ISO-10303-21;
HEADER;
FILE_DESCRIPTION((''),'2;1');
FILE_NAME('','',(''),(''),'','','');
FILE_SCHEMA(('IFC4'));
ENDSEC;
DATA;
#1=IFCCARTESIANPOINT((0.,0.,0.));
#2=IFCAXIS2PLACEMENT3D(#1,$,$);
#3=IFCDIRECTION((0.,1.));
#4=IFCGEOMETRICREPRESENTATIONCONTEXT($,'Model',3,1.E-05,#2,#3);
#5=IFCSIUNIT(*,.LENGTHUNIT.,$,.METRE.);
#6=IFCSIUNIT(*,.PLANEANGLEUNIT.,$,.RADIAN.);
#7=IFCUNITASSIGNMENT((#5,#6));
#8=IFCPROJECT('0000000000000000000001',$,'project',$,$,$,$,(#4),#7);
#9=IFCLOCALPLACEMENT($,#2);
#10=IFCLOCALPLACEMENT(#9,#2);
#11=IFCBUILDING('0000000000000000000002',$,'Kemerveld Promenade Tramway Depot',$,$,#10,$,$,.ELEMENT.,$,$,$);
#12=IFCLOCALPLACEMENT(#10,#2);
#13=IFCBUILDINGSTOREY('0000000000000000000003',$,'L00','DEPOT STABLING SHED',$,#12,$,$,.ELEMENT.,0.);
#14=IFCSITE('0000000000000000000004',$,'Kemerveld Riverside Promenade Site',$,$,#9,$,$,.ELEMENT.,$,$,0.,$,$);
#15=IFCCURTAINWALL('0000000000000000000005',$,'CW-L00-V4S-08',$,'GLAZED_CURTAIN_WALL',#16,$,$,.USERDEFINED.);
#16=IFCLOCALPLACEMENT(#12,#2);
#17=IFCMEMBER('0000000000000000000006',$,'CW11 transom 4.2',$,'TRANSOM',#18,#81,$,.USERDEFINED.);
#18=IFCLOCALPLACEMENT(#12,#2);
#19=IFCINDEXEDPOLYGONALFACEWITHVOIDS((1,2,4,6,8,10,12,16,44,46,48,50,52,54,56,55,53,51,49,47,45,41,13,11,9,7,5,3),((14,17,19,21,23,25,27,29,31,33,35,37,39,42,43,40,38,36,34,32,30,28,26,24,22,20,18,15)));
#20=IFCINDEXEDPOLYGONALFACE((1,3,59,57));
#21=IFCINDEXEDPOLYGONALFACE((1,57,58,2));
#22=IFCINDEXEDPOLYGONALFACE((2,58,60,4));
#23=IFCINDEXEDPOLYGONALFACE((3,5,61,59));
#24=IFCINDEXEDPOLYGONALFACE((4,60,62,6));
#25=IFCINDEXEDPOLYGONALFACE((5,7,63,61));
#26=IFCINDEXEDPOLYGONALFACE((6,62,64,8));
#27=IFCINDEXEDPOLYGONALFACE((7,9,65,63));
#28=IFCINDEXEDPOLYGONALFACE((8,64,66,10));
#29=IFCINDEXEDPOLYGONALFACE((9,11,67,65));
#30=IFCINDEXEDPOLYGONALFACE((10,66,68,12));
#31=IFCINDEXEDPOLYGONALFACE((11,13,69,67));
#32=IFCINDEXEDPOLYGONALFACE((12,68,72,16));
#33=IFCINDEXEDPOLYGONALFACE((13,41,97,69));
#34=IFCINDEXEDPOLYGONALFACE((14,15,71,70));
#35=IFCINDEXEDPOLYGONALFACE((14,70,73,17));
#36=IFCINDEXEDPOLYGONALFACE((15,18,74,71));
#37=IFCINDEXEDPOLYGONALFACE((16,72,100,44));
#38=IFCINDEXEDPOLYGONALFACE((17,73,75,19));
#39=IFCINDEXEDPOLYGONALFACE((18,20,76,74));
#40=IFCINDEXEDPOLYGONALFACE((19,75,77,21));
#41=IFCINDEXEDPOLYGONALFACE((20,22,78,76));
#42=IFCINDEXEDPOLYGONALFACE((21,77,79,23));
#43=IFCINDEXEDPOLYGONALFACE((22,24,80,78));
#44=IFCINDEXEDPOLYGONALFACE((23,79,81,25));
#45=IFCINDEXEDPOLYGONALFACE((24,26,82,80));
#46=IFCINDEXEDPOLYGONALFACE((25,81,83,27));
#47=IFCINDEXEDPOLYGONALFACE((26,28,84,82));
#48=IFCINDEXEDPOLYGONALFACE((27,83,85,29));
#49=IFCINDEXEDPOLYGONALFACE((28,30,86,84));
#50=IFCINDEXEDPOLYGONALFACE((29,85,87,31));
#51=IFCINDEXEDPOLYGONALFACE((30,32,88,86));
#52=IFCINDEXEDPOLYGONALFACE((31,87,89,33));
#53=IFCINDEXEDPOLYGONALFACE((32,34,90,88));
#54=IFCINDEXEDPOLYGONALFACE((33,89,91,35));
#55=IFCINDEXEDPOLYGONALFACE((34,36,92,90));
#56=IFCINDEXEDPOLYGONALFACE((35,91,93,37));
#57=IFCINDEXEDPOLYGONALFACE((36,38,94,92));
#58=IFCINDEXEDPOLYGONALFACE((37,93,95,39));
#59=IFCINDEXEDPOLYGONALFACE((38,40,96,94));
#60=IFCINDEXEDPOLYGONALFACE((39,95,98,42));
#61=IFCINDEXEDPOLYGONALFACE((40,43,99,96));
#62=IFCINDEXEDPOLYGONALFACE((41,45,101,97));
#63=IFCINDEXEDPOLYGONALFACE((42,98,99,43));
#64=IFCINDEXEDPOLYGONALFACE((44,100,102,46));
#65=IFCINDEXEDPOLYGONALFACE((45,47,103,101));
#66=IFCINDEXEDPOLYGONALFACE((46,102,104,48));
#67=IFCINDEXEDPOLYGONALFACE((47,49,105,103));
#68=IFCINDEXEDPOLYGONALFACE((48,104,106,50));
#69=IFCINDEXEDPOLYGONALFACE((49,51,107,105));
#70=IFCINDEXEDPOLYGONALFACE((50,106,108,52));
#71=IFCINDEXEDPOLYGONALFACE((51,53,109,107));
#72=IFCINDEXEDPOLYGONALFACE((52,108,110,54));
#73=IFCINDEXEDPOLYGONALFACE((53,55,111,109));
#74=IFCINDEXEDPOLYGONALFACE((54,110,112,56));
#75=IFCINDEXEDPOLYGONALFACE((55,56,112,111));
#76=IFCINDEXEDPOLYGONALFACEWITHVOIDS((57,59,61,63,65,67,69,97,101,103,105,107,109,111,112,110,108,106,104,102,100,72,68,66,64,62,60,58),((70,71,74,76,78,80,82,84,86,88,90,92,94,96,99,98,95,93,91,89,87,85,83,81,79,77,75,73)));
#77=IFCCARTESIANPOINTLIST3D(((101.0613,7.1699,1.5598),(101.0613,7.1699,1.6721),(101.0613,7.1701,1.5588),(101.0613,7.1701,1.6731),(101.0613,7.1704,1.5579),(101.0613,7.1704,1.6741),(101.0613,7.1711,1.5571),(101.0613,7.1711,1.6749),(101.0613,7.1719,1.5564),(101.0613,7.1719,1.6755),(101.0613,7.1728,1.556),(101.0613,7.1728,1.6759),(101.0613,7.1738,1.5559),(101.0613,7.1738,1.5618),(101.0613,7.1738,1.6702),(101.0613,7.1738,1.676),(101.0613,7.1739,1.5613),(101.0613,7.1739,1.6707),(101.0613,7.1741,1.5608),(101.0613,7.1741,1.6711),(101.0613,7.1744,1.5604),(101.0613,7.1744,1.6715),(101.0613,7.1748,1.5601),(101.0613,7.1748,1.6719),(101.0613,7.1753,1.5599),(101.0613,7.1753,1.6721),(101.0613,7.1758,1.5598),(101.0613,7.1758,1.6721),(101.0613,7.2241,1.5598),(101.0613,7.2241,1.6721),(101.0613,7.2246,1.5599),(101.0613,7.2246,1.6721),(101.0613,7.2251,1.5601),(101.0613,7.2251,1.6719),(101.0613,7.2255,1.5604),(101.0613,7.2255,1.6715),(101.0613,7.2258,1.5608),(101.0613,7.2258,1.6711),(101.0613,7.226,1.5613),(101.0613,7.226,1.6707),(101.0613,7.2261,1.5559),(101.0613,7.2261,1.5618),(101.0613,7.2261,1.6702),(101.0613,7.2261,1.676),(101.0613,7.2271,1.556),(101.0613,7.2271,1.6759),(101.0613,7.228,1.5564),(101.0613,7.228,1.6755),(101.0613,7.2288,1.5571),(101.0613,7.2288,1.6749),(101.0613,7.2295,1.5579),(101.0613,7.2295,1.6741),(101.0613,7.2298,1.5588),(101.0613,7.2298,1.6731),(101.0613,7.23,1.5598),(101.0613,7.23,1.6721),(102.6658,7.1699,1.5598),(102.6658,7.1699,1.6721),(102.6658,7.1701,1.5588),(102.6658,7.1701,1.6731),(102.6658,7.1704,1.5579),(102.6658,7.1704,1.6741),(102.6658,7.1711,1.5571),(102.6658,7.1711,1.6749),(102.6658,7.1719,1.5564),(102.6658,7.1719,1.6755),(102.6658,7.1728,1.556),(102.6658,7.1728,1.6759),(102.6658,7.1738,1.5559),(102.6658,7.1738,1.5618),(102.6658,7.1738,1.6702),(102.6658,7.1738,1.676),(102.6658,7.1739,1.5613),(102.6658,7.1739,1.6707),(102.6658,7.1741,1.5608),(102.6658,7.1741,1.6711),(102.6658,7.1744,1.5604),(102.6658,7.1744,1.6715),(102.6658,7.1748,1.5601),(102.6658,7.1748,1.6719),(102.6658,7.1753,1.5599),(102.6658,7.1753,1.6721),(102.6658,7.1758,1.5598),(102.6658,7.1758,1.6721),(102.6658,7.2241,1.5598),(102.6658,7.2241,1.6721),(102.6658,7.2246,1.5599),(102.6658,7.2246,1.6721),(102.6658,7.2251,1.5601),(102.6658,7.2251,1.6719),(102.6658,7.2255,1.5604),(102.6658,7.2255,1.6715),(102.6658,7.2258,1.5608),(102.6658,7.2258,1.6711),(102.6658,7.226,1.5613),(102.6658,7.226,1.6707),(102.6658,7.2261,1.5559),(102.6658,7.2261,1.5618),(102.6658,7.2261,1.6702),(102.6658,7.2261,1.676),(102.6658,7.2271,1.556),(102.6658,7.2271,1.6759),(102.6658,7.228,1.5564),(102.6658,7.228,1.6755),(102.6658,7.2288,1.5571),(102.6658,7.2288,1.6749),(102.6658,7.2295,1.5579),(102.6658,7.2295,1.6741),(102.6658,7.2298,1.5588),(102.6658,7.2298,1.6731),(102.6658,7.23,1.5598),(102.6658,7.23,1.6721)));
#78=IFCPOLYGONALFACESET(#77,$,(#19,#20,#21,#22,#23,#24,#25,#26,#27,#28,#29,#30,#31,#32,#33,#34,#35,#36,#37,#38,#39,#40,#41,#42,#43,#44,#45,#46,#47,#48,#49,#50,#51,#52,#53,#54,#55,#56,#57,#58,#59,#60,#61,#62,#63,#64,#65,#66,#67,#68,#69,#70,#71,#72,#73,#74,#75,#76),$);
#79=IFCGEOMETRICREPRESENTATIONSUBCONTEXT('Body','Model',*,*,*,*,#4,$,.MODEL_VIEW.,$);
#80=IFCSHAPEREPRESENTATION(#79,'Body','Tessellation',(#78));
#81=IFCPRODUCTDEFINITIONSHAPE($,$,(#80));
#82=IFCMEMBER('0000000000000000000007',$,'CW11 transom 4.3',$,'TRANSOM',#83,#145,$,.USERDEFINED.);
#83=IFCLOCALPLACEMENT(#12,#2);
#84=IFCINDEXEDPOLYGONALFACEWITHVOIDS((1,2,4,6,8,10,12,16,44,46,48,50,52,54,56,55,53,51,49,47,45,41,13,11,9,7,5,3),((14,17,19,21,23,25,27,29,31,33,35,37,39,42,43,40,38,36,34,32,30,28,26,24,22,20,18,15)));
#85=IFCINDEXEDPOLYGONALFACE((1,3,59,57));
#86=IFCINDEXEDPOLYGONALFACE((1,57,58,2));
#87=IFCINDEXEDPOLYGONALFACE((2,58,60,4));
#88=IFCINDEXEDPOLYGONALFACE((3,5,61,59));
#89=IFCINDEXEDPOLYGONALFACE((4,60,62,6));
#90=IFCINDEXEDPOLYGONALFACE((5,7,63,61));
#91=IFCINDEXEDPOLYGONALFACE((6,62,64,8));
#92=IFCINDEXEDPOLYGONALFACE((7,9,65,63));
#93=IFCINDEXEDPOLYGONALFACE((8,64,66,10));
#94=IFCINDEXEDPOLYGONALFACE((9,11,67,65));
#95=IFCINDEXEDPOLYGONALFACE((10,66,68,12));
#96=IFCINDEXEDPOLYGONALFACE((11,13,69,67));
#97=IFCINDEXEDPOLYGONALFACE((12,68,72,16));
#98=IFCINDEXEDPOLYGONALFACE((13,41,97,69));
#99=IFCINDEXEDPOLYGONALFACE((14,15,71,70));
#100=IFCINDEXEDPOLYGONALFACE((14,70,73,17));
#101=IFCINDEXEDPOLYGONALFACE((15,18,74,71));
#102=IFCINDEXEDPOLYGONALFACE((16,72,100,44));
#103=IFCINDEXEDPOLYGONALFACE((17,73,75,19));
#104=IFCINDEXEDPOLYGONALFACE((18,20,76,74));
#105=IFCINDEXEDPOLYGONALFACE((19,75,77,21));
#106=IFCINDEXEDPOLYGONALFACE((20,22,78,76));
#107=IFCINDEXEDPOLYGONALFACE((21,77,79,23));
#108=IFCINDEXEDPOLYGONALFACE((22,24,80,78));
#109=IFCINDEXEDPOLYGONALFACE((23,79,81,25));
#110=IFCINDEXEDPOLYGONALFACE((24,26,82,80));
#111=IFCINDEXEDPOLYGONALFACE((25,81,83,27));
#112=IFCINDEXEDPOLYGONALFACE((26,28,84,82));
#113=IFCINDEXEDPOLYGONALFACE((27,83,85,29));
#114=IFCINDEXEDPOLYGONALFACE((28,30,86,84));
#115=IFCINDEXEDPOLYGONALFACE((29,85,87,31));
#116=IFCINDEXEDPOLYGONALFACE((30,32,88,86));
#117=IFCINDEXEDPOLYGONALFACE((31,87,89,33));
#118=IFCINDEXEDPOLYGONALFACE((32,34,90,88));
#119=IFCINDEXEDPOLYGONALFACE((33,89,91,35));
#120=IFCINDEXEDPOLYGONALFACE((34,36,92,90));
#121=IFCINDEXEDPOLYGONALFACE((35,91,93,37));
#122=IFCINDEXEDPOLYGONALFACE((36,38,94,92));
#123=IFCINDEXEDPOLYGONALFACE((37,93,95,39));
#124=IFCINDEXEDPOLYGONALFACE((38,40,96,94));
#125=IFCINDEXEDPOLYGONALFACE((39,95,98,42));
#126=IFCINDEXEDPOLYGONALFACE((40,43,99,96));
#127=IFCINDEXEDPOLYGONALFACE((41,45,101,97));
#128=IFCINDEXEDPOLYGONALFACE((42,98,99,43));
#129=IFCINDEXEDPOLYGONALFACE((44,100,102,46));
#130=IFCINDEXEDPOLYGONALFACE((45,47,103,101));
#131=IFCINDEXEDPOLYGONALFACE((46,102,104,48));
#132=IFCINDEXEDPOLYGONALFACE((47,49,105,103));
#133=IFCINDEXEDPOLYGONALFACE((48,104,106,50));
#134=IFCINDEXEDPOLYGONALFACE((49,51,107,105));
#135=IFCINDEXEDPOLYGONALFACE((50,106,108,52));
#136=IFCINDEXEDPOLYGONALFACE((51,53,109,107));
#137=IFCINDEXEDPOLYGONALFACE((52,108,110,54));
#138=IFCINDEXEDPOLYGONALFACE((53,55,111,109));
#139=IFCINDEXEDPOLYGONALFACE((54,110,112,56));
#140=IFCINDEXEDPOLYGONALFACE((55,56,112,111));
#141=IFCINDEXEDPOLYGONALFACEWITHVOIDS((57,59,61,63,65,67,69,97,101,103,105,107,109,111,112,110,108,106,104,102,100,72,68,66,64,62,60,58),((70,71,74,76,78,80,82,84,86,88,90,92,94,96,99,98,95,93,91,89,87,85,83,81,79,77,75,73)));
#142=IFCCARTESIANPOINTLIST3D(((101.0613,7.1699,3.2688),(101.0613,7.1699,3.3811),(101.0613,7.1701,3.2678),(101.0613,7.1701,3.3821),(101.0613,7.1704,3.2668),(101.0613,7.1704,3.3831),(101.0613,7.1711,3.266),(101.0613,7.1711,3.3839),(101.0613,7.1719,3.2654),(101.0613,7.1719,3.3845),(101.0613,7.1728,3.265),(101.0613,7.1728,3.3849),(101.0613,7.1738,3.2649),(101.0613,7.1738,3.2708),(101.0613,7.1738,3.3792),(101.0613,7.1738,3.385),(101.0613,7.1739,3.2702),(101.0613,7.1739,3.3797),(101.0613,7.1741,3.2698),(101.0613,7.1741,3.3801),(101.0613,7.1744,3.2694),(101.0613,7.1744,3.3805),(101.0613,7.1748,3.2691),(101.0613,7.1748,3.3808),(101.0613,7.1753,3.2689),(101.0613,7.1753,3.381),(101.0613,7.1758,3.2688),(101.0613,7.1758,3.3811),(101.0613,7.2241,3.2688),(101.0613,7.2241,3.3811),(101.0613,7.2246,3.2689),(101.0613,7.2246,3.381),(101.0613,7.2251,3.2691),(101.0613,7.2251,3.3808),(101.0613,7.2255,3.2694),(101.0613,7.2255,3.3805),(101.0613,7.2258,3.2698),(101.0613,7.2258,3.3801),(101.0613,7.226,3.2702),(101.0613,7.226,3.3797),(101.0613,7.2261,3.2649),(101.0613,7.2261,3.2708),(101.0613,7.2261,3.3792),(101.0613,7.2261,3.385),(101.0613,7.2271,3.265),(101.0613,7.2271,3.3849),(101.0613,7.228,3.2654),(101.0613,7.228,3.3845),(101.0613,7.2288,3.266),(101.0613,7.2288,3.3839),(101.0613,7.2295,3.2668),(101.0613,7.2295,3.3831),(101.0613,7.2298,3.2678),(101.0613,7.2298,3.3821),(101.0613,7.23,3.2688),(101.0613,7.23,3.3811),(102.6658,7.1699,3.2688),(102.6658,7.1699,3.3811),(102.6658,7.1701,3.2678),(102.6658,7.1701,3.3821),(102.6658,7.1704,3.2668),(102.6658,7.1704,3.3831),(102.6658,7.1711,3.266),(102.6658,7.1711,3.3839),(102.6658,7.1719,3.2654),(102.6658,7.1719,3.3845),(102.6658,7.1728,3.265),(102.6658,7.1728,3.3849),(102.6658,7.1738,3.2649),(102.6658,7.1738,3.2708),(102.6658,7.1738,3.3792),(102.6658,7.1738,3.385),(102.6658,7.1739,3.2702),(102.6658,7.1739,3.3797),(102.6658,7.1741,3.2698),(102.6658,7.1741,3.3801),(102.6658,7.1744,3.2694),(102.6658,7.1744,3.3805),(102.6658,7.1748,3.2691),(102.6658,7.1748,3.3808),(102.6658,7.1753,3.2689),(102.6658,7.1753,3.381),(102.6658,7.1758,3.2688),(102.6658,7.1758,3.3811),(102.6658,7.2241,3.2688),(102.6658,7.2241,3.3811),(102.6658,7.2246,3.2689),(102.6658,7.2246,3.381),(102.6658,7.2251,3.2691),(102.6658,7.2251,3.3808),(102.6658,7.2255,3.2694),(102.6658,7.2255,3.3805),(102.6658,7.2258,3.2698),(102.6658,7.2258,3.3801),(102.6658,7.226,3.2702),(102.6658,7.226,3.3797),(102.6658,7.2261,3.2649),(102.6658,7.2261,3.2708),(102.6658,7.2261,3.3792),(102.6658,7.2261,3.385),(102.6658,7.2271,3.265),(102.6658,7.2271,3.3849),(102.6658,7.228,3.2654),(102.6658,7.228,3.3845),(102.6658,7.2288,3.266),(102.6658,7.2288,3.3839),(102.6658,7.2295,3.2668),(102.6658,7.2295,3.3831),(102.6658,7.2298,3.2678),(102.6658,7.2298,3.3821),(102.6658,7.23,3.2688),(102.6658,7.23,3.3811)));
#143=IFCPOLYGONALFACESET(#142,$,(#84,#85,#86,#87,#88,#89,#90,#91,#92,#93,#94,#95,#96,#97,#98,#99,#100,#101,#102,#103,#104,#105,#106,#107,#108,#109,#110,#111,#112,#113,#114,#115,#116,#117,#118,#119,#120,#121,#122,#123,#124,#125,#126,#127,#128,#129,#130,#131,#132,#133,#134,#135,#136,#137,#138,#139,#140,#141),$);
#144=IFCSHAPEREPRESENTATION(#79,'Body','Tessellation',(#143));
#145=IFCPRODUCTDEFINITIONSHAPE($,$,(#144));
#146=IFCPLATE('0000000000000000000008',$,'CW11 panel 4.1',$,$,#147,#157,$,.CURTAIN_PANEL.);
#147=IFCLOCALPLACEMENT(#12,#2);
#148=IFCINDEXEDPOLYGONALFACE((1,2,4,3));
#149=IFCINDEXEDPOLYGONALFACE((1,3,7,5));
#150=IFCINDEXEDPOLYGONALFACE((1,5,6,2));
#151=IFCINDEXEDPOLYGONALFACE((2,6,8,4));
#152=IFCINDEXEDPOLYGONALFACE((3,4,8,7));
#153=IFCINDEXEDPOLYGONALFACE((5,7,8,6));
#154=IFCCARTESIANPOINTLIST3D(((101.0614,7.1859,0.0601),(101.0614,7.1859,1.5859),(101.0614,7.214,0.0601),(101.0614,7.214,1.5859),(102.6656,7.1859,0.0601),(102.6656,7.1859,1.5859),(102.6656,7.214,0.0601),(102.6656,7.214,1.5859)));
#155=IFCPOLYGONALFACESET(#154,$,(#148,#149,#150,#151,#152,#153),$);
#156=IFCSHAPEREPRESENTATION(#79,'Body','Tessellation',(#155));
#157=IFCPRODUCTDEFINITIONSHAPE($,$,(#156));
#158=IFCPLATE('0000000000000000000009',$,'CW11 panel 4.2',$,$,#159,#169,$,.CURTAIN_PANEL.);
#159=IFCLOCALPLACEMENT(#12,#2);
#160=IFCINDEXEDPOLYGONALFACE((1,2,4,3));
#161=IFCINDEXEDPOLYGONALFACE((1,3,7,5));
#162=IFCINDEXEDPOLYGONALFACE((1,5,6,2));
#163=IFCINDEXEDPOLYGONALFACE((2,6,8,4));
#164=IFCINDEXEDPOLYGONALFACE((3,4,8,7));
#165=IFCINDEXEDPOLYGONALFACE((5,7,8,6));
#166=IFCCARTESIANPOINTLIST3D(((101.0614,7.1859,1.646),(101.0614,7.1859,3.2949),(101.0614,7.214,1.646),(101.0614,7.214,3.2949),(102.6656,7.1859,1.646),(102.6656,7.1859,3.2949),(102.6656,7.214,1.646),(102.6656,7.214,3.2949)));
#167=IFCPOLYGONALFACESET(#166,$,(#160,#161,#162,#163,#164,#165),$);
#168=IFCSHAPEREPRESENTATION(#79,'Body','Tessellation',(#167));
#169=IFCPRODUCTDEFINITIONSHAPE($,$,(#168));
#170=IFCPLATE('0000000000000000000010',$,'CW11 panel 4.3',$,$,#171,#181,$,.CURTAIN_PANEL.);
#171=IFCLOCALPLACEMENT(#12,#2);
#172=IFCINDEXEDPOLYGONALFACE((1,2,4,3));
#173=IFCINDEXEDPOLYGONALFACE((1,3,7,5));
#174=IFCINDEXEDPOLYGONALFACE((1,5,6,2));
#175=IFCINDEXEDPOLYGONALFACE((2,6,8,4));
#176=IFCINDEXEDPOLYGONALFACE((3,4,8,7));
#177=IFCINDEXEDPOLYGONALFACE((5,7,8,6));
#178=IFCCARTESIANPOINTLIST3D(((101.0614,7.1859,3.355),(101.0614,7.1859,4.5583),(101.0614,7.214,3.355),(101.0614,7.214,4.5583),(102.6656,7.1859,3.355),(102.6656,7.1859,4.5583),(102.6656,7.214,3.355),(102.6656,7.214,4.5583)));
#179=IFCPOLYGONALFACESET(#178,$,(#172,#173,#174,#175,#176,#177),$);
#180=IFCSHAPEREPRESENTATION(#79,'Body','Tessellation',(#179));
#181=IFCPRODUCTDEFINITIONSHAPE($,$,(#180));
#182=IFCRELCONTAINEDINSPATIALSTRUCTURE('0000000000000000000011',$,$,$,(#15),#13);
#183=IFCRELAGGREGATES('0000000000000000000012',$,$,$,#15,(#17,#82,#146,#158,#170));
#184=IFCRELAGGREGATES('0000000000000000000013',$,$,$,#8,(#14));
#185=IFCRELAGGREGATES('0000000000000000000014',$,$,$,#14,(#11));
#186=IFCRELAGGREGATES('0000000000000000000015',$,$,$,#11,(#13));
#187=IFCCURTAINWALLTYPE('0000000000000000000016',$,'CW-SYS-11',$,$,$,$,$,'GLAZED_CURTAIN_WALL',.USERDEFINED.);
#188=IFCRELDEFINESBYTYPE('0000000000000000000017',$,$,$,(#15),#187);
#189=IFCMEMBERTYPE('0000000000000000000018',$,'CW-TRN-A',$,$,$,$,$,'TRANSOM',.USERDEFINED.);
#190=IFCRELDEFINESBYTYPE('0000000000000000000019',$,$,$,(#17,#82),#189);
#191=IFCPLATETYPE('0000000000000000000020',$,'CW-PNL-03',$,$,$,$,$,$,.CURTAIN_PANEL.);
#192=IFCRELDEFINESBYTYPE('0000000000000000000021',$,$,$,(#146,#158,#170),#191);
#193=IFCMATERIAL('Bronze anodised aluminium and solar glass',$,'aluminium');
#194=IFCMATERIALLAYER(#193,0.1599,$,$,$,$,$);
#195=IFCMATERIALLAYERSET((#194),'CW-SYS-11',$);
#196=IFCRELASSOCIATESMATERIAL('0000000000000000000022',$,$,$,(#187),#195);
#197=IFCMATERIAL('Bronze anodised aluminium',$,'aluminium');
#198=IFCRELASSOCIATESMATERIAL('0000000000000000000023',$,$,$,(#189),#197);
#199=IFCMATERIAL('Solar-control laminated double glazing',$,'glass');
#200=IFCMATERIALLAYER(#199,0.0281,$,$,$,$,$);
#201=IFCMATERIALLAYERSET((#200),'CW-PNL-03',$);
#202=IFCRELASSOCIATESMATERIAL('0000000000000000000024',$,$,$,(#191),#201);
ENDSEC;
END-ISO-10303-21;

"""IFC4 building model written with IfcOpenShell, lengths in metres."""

from ifc_helpers import new_model, si_unit, direction, frame, origin, origin_2d, place, context, subcontext, project, spatial, rectangle, hollow_rectangle, extrude, material, layer, layer_set, material_profile, profile_set, type_object, element, aggregate, save


model = new_model("IFC4")

# Units and contexts
model_context = context("Model", 3, precision=1e-05, world=origin(), true_north=direction((0.0, 1.0)))
body_context = subcontext(model_context, "Body", "Model", "MODEL_VIEW")
ifc_project = project(units=[si_unit("LENGTHUNIT", "METRE"), si_unit("PLANEANGLEUNIT", "RADIAN")], contexts=[model_context])

# Site, building, storey
site_placement = place(None, origin())
site = spatial("IfcSite", under=ifc_project, at=site_placement, Name="Kemerveld Riverside Promenade Site", CompositionType="ELEMENT", RefElevation=0.0)
building_placement = place(site_placement, origin())
building = spatial("IfcBuilding", under=site, at=building_placement, Name="Kemerveld Promenade Tramway Depot", CompositionType="ELEMENT")
storey_placement = place(building_placement, origin())
storey = spatial("IfcBuildingStorey", under=building, at=storey_placement, Name="L00", Description="DEPOT STABLING SHED", CompositionType="ELEMENT", Elevation=0.0)

# Curtain wall, members, plates
ifc_material_1 = material(Name="Bronze anodised aluminium and solar glass", Category="aluminium")
ifc_layer_1 = layer(ifc_material_1, 0.1599)
ifc_layer_set_1 = layer_set([ifc_layer_1], Name="CW-SYS-11")
curtain_wall_type = type_object("IfcCurtainWallType", Name="CW-SYS-11", ElementType="GLAZED_CURTAIN_WALL", PredefinedType="USERDEFINED", material=ifc_layer_set_1)
curtain_wall_placement = place(storey_placement, origin())
curtain_wall = element("IfcCurtainWall", 1, at=curtain_wall_placement, inside=storey, type_object=curtain_wall_type, Name="CW-L00-V4S-08", ObjectType="GLAZED_CURTAIN_WALL", PredefinedType="USERDEFINED")
ifc_material_2 = material(Name="Bronze anodised aluminium", Category="aluminium")
ifc_material_profile_1 = material_profile(ifc_material_2, hollow_rectangle(XDim=0.0601, YDim=0.1201, WallThickness=0.0039, InnerFilletRadius=0.002, OuterFilletRadius=0.0039, at=origin_2d()), Name="CW-TRN-120x60")
ifc_profile_set_1 = profile_set([ifc_material_profile_1], Name="Bronze anodised aluminium")
member_type_1 = type_object("IfcMemberType", Name="CW-TRN-A", ElementType="TRANSOM", PredefinedType="USERDEFINED", material=ifc_profile_set_1)
member_1_placement = place(storey_placement, frame((102.6658, 7.2, 1.616), z_axis=(-1.0, 0.0, 0.0), x_axis=(0.0, -1.0, 0.0)))
member_1 = element("IfcMember", 2, at=member_1_placement, type_object=member_type_1, Name="CW11 transom 4.2", ObjectType="TRANSOM", PredefinedType="USERDEFINED", context=body_context, shape_type="SweptSolid", body=[
    extrude(hollow_rectangle(XDim=0.0601, YDim=0.1201, WallThickness=0.0039, InnerFilletRadius=0.002, OuterFilletRadius=0.0039, at=origin_2d()), origin(), (0.0, 0.0, 1.0), 1.6045),
])
member_2_placement = place(storey_placement, frame((102.6658, 7.2, 3.325), z_axis=(-1.0, 0.0, 0.0), x_axis=(0.0, -1.0, 0.0)))
member_2 = element("IfcMember", 3, at=member_2_placement, type_object=member_type_1, Name="CW11 transom 4.3", ObjectType="TRANSOM", PredefinedType="USERDEFINED", context=body_context, shape_type="SweptSolid", body=[
    extrude(hollow_rectangle(XDim=0.0601, YDim=0.1201, WallThickness=0.0039, InnerFilletRadius=0.002, OuterFilletRadius=0.0039, at=origin_2d()), origin(), (0.0, 0.0, 1.0), 1.6045),
])
ifc_material_3 = material(Name="Solar-control laminated double glazing", Category="glass")
ifc_layer_2 = layer(ifc_material_3, 0.0281)
ifc_layer_set_2 = layer_set([ifc_layer_2], Name="CW-PNL-03")
plate_type = type_object("IfcPlateType", Name="CW-PNL-03", PredefinedType="CURTAIN_PANEL", material=ifc_layer_set_2)
plate_1_placement = place(storey_placement, frame((101.8635, 7.2, 0.0601), z_axis=(0.0, 0.0, 1.0), x_axis=(-1.0, 0.0, 0.0)))
plate_1 = element("IfcPlate", 4, at=plate_1_placement, type_object=plate_type, Name="CW11 panel 4.1", PredefinedType="CURTAIN_PANEL", context=body_context, shape_type="SweptSolid", body=[
    extrude(rectangle(XDim=1.6042, YDim=0.0281, at=origin_2d()), origin(), (0.0, 0.0, 1.0), 1.5259),
])
plate_2_placement = place(storey_placement, frame((101.8635, 7.2, 1.646), z_axis=(0.0, 0.0, 1.0), x_axis=(-1.0, 0.0, 0.0)))
plate_2 = element("IfcPlate", 5, at=plate_2_placement, type_object=plate_type, Name="CW11 panel 4.2", PredefinedType="CURTAIN_PANEL", context=body_context, shape_type="SweptSolid", body=[
    extrude(rectangle(XDim=1.6042, YDim=0.0281, at=origin_2d()), origin(), (0.0, 0.0, 1.0), 1.6489),
])
plate_3_placement = place(storey_placement, frame((101.8635, 7.2, 3.355), z_axis=(0.0, 0.0, 1.0), x_axis=(-1.0, 0.0, 0.0)))
plate_3 = element("IfcPlate", 6, at=plate_3_placement, type_object=plate_type, Name="CW11 panel 4.3", PredefinedType="CURTAIN_PANEL", context=body_context, shape_type="SweptSolid", body=[
    extrude(rectangle(XDim=1.6042, YDim=0.0281, at=origin_2d()), origin(), (0.0, 0.0, 1.0), 1.2034),
])
aggregate(curtain_wall, [member_1, member_2, plate_1, plate_2, plate_3])

save(model, "model.ifc")
